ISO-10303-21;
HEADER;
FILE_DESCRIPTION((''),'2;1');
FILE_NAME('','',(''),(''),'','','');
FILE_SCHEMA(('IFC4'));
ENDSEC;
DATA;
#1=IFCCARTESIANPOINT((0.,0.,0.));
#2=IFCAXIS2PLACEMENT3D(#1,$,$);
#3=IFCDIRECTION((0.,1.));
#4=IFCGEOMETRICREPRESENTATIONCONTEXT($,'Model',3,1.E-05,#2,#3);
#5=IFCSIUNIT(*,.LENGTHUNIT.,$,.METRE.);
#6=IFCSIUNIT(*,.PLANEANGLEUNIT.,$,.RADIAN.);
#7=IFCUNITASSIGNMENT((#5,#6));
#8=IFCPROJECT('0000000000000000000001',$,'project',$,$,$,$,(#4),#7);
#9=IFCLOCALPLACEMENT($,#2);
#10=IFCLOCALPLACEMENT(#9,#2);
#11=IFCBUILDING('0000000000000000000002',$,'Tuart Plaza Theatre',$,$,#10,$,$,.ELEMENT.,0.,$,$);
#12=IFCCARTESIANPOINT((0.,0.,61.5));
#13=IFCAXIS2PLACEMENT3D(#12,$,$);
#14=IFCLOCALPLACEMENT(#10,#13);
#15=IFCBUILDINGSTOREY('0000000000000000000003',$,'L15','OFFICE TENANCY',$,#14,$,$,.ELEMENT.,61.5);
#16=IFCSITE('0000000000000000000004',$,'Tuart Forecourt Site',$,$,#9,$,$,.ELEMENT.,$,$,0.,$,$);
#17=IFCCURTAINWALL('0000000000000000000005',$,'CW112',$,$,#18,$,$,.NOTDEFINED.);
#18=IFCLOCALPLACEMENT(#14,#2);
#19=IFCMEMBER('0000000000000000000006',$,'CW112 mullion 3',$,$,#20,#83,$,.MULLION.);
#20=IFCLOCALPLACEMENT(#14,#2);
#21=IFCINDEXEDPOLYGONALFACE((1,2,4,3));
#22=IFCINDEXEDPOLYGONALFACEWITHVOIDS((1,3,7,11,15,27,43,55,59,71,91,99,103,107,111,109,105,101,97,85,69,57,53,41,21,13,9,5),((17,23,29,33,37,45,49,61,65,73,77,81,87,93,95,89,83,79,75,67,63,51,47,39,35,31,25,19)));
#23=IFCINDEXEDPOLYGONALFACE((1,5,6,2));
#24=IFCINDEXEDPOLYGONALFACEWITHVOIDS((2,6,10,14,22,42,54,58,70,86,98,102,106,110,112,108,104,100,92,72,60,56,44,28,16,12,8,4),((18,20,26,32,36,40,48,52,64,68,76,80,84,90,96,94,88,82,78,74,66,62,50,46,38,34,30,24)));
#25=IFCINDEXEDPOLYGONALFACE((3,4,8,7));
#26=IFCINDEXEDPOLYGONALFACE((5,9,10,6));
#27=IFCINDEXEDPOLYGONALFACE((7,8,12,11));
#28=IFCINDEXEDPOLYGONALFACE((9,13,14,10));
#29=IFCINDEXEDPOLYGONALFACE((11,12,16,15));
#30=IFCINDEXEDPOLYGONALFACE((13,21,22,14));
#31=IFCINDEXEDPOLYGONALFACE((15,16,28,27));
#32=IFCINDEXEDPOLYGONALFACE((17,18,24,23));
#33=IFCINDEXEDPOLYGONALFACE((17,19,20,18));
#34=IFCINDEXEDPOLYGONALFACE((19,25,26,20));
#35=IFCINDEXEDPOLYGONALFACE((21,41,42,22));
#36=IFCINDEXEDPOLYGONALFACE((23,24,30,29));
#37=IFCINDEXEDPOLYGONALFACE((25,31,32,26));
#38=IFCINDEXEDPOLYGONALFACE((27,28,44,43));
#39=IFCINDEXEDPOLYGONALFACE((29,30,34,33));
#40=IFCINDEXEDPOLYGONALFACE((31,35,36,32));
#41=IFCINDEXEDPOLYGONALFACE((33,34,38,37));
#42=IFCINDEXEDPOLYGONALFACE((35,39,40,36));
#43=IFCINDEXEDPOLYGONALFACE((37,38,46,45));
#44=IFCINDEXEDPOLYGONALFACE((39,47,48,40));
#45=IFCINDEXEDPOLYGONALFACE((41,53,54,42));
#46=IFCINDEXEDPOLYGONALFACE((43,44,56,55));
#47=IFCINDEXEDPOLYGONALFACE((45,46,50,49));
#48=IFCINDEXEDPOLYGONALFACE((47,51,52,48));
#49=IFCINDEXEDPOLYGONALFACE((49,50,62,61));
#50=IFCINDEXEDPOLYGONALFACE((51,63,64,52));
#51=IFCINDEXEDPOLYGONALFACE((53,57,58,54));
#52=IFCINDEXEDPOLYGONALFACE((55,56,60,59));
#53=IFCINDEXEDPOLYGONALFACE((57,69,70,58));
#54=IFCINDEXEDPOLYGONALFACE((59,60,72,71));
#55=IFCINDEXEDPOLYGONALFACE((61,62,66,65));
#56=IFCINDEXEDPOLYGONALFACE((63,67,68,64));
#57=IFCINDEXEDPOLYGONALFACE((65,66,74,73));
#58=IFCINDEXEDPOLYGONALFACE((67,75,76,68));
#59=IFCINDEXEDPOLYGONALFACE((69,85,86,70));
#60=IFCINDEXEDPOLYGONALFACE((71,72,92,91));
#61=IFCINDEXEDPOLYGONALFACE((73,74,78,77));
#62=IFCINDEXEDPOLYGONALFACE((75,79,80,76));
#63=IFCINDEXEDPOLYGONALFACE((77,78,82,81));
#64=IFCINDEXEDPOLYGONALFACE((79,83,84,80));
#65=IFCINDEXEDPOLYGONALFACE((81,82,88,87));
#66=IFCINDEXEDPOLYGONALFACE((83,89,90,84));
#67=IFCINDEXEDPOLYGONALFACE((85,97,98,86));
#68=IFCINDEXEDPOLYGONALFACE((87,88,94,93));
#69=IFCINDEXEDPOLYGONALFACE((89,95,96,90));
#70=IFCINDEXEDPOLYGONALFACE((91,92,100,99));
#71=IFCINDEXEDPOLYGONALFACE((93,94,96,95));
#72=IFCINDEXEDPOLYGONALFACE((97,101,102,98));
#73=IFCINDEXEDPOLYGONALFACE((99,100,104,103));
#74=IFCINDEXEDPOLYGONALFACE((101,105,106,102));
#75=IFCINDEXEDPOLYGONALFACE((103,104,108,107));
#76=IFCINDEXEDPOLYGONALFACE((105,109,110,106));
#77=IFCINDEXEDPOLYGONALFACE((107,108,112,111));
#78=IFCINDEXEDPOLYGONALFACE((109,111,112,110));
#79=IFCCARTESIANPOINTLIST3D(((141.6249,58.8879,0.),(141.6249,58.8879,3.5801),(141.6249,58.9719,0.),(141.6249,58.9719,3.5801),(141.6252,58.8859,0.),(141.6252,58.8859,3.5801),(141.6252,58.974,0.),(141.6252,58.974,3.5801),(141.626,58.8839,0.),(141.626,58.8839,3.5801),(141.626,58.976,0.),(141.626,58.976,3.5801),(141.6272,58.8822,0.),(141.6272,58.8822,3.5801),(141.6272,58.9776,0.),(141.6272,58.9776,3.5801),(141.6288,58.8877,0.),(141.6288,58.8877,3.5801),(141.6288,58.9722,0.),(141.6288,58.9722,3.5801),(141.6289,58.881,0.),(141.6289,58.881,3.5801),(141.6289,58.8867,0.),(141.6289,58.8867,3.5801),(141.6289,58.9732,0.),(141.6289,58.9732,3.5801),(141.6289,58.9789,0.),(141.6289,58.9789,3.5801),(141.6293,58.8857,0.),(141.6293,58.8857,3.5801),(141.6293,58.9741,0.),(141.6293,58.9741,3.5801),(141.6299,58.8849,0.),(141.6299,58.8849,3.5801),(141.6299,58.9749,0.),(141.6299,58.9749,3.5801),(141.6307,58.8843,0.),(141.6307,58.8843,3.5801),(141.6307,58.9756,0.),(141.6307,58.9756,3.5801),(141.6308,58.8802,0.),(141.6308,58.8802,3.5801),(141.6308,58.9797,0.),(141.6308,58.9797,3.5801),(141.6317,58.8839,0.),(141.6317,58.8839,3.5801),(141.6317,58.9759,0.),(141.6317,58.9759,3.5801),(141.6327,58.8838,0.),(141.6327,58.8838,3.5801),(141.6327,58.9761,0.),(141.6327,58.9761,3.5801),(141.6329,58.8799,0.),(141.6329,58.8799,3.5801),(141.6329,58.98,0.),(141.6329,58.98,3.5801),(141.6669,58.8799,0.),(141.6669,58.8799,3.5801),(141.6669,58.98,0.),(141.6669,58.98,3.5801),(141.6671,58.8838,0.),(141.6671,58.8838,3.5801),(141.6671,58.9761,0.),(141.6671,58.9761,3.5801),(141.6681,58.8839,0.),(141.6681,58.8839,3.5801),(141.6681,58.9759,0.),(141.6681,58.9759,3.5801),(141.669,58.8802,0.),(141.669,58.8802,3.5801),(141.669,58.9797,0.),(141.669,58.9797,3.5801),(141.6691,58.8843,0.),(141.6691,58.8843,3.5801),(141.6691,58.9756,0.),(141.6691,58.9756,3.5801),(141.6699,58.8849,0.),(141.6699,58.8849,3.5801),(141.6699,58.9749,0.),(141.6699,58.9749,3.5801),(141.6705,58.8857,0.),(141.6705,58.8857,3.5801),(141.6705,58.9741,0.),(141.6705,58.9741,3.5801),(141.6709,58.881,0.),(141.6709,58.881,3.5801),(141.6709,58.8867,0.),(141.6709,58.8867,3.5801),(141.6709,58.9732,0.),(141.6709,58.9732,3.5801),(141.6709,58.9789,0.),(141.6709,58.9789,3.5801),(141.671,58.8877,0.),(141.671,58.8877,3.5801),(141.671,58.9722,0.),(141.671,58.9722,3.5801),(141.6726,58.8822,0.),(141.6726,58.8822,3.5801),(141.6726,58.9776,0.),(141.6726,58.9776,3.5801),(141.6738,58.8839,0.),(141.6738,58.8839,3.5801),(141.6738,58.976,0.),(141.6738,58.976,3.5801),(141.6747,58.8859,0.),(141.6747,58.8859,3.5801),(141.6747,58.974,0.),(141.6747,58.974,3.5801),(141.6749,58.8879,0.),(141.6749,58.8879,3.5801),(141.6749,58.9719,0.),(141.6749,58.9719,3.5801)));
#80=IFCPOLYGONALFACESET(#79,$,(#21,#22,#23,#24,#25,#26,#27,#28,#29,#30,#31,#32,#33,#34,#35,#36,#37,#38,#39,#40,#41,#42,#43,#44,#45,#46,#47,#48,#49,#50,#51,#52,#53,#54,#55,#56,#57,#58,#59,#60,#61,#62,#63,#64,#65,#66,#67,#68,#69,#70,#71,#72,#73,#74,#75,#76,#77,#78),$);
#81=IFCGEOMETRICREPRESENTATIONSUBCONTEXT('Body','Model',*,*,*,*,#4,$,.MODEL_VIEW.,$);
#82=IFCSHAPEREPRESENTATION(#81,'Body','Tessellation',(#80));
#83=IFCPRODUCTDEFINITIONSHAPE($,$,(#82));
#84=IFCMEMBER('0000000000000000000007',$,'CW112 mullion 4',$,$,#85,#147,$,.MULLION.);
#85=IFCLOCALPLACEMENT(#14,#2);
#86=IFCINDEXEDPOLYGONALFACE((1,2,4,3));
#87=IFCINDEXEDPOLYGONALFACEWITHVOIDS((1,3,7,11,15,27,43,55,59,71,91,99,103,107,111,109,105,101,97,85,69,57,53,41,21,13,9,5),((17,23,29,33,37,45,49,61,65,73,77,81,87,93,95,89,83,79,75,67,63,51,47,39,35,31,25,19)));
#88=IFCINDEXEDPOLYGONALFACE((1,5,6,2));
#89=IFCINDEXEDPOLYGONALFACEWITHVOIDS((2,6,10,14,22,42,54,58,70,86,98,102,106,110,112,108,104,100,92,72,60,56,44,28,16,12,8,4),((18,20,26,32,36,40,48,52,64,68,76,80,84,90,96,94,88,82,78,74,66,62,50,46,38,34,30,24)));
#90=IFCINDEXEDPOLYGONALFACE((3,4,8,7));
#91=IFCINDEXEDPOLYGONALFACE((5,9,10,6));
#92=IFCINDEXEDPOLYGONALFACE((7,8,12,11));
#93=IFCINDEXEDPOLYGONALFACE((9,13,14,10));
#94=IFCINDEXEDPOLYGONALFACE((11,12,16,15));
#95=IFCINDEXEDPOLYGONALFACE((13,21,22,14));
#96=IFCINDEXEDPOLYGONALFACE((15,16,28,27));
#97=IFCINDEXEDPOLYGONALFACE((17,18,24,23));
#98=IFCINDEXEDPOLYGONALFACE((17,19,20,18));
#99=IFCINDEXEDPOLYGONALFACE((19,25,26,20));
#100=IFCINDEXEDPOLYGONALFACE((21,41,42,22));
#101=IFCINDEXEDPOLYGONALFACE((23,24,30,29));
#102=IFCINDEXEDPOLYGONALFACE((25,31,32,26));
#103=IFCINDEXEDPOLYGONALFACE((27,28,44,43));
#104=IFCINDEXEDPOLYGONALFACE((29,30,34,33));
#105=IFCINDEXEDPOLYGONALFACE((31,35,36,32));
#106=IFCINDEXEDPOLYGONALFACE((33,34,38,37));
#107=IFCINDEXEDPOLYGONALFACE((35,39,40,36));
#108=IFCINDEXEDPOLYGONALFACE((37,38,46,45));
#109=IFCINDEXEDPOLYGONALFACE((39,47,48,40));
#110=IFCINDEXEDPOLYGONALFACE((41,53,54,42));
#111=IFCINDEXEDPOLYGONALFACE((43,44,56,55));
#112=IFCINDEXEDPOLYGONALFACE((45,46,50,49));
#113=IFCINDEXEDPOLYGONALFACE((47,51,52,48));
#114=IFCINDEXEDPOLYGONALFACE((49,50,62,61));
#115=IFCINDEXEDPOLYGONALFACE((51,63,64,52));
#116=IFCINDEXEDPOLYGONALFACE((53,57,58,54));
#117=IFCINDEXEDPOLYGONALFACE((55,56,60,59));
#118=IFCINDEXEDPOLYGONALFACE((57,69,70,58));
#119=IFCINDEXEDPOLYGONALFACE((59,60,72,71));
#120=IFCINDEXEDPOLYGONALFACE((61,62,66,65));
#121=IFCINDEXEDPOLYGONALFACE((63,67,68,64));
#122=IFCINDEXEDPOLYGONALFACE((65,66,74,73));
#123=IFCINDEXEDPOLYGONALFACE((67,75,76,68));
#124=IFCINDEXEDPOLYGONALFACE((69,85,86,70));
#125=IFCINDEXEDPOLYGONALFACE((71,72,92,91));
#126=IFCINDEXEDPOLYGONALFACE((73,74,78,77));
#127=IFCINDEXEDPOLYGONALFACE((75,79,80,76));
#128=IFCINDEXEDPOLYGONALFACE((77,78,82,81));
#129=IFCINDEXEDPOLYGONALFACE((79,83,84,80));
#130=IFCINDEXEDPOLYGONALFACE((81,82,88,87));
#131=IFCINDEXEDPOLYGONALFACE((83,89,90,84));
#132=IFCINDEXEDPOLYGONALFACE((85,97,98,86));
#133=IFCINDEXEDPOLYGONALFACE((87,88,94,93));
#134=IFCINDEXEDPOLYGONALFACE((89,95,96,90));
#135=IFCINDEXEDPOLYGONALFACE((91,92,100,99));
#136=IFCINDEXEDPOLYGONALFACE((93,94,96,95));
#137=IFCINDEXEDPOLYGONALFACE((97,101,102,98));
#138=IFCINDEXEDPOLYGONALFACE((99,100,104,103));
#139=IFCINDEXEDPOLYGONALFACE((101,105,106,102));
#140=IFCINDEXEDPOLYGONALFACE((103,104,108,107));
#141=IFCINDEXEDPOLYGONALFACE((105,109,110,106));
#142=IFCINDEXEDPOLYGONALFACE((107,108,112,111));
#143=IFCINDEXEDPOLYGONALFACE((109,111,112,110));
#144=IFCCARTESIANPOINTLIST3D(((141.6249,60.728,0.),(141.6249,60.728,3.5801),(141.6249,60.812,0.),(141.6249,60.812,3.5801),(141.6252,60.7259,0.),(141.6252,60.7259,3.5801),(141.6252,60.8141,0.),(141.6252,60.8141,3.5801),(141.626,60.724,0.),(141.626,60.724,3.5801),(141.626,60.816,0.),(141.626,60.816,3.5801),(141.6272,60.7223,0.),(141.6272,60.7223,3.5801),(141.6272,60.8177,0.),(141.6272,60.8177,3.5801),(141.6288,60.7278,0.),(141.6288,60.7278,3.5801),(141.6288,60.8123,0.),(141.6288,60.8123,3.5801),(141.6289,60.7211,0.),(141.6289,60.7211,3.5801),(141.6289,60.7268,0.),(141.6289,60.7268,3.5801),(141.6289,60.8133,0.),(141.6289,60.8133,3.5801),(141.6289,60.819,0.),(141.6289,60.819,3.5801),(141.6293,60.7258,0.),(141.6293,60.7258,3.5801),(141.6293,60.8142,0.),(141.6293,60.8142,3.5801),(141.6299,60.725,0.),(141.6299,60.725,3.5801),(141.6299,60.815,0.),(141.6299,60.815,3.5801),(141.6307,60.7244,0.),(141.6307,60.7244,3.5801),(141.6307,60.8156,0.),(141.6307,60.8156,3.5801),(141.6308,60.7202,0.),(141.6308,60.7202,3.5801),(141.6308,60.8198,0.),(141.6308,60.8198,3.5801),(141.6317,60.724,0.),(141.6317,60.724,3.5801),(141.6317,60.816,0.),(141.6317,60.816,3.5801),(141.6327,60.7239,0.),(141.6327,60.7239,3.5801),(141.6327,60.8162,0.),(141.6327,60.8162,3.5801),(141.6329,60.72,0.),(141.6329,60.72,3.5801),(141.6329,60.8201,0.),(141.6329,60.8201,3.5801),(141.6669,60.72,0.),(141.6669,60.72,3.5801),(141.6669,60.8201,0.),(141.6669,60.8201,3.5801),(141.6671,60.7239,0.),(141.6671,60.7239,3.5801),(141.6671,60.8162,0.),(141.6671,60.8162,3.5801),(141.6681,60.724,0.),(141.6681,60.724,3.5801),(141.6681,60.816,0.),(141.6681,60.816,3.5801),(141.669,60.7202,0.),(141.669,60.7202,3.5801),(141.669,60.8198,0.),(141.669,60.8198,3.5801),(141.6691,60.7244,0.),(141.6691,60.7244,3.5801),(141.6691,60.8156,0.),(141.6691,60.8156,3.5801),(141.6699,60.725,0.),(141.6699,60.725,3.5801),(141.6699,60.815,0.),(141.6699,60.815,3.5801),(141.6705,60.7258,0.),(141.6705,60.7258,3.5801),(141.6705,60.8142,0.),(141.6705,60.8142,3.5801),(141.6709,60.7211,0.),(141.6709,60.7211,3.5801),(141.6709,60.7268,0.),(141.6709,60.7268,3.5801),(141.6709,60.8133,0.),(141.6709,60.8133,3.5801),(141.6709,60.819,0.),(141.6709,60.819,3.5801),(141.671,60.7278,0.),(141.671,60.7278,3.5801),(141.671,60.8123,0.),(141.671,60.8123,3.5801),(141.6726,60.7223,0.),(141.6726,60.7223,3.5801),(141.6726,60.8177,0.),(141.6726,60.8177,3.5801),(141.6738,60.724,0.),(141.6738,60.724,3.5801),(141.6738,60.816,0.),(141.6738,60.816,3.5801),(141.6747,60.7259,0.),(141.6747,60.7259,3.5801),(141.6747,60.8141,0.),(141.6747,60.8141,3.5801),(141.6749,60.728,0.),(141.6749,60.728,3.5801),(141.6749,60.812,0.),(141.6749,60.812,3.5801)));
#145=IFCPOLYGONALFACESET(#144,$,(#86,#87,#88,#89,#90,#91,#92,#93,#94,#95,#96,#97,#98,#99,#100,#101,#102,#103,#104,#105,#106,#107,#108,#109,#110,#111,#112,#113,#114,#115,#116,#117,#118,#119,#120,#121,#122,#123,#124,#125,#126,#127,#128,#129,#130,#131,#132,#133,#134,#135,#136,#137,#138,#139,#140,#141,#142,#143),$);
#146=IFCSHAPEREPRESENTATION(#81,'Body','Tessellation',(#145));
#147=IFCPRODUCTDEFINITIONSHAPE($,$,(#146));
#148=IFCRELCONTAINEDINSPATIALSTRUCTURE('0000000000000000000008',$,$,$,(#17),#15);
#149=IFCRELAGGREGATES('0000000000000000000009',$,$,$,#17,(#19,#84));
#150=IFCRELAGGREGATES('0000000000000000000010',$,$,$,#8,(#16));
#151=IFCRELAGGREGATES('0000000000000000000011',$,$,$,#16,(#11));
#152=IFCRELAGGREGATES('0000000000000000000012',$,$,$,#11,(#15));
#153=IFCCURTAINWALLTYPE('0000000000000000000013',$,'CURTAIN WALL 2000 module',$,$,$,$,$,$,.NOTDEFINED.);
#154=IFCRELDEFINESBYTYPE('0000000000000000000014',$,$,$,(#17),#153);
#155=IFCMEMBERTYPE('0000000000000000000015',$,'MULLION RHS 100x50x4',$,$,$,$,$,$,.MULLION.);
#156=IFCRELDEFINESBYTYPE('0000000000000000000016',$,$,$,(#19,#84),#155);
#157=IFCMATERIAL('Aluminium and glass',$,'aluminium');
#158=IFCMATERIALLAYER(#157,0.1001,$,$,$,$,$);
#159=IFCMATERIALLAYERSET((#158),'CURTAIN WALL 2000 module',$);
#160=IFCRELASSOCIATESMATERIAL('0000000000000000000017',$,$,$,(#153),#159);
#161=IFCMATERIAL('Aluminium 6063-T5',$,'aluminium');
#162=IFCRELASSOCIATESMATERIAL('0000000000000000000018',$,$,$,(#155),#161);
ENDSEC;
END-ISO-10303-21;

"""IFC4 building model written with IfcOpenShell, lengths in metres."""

from ifc_helpers import new_model, si_unit, direction, frame, origin, origin_2d, place, context, subcontext, project, spatial, hollow_rectangle, extrude, material, layer, layer_set, material_profile, profile_set, type_object, element, aggregate, save


model = new_model("IFC4")

# Units and contexts
model_context = context("Model", 3, precision=1e-05, world=origin(), true_north=direction((0.0, 1.0)))
body_context = subcontext(model_context, "Body", "Model", "MODEL_VIEW")
ifc_project = project(units=[si_unit("LENGTHUNIT", "METRE"), si_unit("PLANEANGLEUNIT", "RADIAN")], contexts=[model_context])

# Site, building, storey
site_placement = place(None, origin())
site = spatial("IfcSite", under=ifc_project, at=site_placement, Name="Tuart Forecourt Site", CompositionType="ELEMENT", RefElevation=0.0)
building_placement = place(site_placement, origin())
building = spatial("IfcBuilding", under=site, at=building_placement, Name="Tuart Plaza Theatre", CompositionType="ELEMENT", ElevationOfRefHeight=0.0)
storey_placement = place(building_placement, frame((0.0, 0.0, 61.5)))
storey = spatial("IfcBuildingStorey", under=building, at=storey_placement, Name="L15", Description="OFFICE TENANCY", CompositionType="ELEMENT", Elevation=61.5)

# Curtain wall, members
ifc_material_1 = material(Name="Aluminium and glass", Category="aluminium")
ifc_layer_1 = layer(ifc_material_1, 0.1001)
ifc_layer_set_1 = layer_set([ifc_layer_1], Name="CURTAIN WALL 2000 module")
curtain_wall_type = type_object("IfcCurtainWallType", Name="CURTAIN WALL 2000 module", PredefinedType="NOTDEFINED", material=ifc_layer_set_1)
curtain_wall_placement = place(storey_placement, origin())
curtain_wall = element("IfcCurtainWall", 1, at=curtain_wall_placement, inside=storey, type_object=curtain_wall_type, Name="CW112", PredefinedType="NOTDEFINED")
ifc_material_2 = material(Name="Aluminium 6063-T5", Category="aluminium")
ifc_material_profile_1 = material_profile(ifc_material_2, hollow_rectangle(XDim=0.05, YDim=0.1001, WallThickness=0.0039, InnerFilletRadius=0.0039, OuterFilletRadius=0.0081, at=origin_2d()), Name="RHS 100x50x4")
ifc_profile_set_1 = profile_set([ifc_material_profile_1], Name="Aluminium 6063-T5")
member_type_1 = type_object("IfcMemberType", Name="MULLION RHS 100x50x4", PredefinedType="MULLION", material=ifc_profile_set_1)
member_1_placement = place(storey_placement, frame((141.6499, 58.9299, 0.0), z_axis=(0.0, 0.0, 1.0), x_axis=(-1.0, 0.0, 0.0)))
member_1 = element("IfcMember", 2, at=member_1_placement, type_object=member_type_1, Name="CW112 mullion 3", PredefinedType="MULLION", context=body_context, shape_type="SweptSolid", body=[
    extrude(hollow_rectangle(XDim=0.05, YDim=0.1001, WallThickness=0.0039, InnerFilletRadius=0.0039, OuterFilletRadius=0.0081, at=origin_2d()), origin(), (0.0, 0.0, 1.0), 3.5801),
])
member_2_placement = place(storey_placement, frame((141.6499, 60.77, 0.0), z_axis=(0.0, 0.0, 1.0), x_axis=(-1.0, 0.0, 0.0)))
member_2 = element("IfcMember", 3, at=member_2_placement, type_object=member_type_1, Name="CW112 mullion 4", PredefinedType="MULLION", context=body_context, shape_type="SweptSolid", body=[
    extrude(hollow_rectangle(XDim=0.05, YDim=0.1001, WallThickness=0.0039, InnerFilletRadius=0.0039, OuterFilletRadius=0.0081, at=origin_2d()), origin(), (0.0, 0.0, 1.0), 3.5801),
])
aggregate(curtain_wall, [member_1, member_2])

save(model, "model.ifc")
